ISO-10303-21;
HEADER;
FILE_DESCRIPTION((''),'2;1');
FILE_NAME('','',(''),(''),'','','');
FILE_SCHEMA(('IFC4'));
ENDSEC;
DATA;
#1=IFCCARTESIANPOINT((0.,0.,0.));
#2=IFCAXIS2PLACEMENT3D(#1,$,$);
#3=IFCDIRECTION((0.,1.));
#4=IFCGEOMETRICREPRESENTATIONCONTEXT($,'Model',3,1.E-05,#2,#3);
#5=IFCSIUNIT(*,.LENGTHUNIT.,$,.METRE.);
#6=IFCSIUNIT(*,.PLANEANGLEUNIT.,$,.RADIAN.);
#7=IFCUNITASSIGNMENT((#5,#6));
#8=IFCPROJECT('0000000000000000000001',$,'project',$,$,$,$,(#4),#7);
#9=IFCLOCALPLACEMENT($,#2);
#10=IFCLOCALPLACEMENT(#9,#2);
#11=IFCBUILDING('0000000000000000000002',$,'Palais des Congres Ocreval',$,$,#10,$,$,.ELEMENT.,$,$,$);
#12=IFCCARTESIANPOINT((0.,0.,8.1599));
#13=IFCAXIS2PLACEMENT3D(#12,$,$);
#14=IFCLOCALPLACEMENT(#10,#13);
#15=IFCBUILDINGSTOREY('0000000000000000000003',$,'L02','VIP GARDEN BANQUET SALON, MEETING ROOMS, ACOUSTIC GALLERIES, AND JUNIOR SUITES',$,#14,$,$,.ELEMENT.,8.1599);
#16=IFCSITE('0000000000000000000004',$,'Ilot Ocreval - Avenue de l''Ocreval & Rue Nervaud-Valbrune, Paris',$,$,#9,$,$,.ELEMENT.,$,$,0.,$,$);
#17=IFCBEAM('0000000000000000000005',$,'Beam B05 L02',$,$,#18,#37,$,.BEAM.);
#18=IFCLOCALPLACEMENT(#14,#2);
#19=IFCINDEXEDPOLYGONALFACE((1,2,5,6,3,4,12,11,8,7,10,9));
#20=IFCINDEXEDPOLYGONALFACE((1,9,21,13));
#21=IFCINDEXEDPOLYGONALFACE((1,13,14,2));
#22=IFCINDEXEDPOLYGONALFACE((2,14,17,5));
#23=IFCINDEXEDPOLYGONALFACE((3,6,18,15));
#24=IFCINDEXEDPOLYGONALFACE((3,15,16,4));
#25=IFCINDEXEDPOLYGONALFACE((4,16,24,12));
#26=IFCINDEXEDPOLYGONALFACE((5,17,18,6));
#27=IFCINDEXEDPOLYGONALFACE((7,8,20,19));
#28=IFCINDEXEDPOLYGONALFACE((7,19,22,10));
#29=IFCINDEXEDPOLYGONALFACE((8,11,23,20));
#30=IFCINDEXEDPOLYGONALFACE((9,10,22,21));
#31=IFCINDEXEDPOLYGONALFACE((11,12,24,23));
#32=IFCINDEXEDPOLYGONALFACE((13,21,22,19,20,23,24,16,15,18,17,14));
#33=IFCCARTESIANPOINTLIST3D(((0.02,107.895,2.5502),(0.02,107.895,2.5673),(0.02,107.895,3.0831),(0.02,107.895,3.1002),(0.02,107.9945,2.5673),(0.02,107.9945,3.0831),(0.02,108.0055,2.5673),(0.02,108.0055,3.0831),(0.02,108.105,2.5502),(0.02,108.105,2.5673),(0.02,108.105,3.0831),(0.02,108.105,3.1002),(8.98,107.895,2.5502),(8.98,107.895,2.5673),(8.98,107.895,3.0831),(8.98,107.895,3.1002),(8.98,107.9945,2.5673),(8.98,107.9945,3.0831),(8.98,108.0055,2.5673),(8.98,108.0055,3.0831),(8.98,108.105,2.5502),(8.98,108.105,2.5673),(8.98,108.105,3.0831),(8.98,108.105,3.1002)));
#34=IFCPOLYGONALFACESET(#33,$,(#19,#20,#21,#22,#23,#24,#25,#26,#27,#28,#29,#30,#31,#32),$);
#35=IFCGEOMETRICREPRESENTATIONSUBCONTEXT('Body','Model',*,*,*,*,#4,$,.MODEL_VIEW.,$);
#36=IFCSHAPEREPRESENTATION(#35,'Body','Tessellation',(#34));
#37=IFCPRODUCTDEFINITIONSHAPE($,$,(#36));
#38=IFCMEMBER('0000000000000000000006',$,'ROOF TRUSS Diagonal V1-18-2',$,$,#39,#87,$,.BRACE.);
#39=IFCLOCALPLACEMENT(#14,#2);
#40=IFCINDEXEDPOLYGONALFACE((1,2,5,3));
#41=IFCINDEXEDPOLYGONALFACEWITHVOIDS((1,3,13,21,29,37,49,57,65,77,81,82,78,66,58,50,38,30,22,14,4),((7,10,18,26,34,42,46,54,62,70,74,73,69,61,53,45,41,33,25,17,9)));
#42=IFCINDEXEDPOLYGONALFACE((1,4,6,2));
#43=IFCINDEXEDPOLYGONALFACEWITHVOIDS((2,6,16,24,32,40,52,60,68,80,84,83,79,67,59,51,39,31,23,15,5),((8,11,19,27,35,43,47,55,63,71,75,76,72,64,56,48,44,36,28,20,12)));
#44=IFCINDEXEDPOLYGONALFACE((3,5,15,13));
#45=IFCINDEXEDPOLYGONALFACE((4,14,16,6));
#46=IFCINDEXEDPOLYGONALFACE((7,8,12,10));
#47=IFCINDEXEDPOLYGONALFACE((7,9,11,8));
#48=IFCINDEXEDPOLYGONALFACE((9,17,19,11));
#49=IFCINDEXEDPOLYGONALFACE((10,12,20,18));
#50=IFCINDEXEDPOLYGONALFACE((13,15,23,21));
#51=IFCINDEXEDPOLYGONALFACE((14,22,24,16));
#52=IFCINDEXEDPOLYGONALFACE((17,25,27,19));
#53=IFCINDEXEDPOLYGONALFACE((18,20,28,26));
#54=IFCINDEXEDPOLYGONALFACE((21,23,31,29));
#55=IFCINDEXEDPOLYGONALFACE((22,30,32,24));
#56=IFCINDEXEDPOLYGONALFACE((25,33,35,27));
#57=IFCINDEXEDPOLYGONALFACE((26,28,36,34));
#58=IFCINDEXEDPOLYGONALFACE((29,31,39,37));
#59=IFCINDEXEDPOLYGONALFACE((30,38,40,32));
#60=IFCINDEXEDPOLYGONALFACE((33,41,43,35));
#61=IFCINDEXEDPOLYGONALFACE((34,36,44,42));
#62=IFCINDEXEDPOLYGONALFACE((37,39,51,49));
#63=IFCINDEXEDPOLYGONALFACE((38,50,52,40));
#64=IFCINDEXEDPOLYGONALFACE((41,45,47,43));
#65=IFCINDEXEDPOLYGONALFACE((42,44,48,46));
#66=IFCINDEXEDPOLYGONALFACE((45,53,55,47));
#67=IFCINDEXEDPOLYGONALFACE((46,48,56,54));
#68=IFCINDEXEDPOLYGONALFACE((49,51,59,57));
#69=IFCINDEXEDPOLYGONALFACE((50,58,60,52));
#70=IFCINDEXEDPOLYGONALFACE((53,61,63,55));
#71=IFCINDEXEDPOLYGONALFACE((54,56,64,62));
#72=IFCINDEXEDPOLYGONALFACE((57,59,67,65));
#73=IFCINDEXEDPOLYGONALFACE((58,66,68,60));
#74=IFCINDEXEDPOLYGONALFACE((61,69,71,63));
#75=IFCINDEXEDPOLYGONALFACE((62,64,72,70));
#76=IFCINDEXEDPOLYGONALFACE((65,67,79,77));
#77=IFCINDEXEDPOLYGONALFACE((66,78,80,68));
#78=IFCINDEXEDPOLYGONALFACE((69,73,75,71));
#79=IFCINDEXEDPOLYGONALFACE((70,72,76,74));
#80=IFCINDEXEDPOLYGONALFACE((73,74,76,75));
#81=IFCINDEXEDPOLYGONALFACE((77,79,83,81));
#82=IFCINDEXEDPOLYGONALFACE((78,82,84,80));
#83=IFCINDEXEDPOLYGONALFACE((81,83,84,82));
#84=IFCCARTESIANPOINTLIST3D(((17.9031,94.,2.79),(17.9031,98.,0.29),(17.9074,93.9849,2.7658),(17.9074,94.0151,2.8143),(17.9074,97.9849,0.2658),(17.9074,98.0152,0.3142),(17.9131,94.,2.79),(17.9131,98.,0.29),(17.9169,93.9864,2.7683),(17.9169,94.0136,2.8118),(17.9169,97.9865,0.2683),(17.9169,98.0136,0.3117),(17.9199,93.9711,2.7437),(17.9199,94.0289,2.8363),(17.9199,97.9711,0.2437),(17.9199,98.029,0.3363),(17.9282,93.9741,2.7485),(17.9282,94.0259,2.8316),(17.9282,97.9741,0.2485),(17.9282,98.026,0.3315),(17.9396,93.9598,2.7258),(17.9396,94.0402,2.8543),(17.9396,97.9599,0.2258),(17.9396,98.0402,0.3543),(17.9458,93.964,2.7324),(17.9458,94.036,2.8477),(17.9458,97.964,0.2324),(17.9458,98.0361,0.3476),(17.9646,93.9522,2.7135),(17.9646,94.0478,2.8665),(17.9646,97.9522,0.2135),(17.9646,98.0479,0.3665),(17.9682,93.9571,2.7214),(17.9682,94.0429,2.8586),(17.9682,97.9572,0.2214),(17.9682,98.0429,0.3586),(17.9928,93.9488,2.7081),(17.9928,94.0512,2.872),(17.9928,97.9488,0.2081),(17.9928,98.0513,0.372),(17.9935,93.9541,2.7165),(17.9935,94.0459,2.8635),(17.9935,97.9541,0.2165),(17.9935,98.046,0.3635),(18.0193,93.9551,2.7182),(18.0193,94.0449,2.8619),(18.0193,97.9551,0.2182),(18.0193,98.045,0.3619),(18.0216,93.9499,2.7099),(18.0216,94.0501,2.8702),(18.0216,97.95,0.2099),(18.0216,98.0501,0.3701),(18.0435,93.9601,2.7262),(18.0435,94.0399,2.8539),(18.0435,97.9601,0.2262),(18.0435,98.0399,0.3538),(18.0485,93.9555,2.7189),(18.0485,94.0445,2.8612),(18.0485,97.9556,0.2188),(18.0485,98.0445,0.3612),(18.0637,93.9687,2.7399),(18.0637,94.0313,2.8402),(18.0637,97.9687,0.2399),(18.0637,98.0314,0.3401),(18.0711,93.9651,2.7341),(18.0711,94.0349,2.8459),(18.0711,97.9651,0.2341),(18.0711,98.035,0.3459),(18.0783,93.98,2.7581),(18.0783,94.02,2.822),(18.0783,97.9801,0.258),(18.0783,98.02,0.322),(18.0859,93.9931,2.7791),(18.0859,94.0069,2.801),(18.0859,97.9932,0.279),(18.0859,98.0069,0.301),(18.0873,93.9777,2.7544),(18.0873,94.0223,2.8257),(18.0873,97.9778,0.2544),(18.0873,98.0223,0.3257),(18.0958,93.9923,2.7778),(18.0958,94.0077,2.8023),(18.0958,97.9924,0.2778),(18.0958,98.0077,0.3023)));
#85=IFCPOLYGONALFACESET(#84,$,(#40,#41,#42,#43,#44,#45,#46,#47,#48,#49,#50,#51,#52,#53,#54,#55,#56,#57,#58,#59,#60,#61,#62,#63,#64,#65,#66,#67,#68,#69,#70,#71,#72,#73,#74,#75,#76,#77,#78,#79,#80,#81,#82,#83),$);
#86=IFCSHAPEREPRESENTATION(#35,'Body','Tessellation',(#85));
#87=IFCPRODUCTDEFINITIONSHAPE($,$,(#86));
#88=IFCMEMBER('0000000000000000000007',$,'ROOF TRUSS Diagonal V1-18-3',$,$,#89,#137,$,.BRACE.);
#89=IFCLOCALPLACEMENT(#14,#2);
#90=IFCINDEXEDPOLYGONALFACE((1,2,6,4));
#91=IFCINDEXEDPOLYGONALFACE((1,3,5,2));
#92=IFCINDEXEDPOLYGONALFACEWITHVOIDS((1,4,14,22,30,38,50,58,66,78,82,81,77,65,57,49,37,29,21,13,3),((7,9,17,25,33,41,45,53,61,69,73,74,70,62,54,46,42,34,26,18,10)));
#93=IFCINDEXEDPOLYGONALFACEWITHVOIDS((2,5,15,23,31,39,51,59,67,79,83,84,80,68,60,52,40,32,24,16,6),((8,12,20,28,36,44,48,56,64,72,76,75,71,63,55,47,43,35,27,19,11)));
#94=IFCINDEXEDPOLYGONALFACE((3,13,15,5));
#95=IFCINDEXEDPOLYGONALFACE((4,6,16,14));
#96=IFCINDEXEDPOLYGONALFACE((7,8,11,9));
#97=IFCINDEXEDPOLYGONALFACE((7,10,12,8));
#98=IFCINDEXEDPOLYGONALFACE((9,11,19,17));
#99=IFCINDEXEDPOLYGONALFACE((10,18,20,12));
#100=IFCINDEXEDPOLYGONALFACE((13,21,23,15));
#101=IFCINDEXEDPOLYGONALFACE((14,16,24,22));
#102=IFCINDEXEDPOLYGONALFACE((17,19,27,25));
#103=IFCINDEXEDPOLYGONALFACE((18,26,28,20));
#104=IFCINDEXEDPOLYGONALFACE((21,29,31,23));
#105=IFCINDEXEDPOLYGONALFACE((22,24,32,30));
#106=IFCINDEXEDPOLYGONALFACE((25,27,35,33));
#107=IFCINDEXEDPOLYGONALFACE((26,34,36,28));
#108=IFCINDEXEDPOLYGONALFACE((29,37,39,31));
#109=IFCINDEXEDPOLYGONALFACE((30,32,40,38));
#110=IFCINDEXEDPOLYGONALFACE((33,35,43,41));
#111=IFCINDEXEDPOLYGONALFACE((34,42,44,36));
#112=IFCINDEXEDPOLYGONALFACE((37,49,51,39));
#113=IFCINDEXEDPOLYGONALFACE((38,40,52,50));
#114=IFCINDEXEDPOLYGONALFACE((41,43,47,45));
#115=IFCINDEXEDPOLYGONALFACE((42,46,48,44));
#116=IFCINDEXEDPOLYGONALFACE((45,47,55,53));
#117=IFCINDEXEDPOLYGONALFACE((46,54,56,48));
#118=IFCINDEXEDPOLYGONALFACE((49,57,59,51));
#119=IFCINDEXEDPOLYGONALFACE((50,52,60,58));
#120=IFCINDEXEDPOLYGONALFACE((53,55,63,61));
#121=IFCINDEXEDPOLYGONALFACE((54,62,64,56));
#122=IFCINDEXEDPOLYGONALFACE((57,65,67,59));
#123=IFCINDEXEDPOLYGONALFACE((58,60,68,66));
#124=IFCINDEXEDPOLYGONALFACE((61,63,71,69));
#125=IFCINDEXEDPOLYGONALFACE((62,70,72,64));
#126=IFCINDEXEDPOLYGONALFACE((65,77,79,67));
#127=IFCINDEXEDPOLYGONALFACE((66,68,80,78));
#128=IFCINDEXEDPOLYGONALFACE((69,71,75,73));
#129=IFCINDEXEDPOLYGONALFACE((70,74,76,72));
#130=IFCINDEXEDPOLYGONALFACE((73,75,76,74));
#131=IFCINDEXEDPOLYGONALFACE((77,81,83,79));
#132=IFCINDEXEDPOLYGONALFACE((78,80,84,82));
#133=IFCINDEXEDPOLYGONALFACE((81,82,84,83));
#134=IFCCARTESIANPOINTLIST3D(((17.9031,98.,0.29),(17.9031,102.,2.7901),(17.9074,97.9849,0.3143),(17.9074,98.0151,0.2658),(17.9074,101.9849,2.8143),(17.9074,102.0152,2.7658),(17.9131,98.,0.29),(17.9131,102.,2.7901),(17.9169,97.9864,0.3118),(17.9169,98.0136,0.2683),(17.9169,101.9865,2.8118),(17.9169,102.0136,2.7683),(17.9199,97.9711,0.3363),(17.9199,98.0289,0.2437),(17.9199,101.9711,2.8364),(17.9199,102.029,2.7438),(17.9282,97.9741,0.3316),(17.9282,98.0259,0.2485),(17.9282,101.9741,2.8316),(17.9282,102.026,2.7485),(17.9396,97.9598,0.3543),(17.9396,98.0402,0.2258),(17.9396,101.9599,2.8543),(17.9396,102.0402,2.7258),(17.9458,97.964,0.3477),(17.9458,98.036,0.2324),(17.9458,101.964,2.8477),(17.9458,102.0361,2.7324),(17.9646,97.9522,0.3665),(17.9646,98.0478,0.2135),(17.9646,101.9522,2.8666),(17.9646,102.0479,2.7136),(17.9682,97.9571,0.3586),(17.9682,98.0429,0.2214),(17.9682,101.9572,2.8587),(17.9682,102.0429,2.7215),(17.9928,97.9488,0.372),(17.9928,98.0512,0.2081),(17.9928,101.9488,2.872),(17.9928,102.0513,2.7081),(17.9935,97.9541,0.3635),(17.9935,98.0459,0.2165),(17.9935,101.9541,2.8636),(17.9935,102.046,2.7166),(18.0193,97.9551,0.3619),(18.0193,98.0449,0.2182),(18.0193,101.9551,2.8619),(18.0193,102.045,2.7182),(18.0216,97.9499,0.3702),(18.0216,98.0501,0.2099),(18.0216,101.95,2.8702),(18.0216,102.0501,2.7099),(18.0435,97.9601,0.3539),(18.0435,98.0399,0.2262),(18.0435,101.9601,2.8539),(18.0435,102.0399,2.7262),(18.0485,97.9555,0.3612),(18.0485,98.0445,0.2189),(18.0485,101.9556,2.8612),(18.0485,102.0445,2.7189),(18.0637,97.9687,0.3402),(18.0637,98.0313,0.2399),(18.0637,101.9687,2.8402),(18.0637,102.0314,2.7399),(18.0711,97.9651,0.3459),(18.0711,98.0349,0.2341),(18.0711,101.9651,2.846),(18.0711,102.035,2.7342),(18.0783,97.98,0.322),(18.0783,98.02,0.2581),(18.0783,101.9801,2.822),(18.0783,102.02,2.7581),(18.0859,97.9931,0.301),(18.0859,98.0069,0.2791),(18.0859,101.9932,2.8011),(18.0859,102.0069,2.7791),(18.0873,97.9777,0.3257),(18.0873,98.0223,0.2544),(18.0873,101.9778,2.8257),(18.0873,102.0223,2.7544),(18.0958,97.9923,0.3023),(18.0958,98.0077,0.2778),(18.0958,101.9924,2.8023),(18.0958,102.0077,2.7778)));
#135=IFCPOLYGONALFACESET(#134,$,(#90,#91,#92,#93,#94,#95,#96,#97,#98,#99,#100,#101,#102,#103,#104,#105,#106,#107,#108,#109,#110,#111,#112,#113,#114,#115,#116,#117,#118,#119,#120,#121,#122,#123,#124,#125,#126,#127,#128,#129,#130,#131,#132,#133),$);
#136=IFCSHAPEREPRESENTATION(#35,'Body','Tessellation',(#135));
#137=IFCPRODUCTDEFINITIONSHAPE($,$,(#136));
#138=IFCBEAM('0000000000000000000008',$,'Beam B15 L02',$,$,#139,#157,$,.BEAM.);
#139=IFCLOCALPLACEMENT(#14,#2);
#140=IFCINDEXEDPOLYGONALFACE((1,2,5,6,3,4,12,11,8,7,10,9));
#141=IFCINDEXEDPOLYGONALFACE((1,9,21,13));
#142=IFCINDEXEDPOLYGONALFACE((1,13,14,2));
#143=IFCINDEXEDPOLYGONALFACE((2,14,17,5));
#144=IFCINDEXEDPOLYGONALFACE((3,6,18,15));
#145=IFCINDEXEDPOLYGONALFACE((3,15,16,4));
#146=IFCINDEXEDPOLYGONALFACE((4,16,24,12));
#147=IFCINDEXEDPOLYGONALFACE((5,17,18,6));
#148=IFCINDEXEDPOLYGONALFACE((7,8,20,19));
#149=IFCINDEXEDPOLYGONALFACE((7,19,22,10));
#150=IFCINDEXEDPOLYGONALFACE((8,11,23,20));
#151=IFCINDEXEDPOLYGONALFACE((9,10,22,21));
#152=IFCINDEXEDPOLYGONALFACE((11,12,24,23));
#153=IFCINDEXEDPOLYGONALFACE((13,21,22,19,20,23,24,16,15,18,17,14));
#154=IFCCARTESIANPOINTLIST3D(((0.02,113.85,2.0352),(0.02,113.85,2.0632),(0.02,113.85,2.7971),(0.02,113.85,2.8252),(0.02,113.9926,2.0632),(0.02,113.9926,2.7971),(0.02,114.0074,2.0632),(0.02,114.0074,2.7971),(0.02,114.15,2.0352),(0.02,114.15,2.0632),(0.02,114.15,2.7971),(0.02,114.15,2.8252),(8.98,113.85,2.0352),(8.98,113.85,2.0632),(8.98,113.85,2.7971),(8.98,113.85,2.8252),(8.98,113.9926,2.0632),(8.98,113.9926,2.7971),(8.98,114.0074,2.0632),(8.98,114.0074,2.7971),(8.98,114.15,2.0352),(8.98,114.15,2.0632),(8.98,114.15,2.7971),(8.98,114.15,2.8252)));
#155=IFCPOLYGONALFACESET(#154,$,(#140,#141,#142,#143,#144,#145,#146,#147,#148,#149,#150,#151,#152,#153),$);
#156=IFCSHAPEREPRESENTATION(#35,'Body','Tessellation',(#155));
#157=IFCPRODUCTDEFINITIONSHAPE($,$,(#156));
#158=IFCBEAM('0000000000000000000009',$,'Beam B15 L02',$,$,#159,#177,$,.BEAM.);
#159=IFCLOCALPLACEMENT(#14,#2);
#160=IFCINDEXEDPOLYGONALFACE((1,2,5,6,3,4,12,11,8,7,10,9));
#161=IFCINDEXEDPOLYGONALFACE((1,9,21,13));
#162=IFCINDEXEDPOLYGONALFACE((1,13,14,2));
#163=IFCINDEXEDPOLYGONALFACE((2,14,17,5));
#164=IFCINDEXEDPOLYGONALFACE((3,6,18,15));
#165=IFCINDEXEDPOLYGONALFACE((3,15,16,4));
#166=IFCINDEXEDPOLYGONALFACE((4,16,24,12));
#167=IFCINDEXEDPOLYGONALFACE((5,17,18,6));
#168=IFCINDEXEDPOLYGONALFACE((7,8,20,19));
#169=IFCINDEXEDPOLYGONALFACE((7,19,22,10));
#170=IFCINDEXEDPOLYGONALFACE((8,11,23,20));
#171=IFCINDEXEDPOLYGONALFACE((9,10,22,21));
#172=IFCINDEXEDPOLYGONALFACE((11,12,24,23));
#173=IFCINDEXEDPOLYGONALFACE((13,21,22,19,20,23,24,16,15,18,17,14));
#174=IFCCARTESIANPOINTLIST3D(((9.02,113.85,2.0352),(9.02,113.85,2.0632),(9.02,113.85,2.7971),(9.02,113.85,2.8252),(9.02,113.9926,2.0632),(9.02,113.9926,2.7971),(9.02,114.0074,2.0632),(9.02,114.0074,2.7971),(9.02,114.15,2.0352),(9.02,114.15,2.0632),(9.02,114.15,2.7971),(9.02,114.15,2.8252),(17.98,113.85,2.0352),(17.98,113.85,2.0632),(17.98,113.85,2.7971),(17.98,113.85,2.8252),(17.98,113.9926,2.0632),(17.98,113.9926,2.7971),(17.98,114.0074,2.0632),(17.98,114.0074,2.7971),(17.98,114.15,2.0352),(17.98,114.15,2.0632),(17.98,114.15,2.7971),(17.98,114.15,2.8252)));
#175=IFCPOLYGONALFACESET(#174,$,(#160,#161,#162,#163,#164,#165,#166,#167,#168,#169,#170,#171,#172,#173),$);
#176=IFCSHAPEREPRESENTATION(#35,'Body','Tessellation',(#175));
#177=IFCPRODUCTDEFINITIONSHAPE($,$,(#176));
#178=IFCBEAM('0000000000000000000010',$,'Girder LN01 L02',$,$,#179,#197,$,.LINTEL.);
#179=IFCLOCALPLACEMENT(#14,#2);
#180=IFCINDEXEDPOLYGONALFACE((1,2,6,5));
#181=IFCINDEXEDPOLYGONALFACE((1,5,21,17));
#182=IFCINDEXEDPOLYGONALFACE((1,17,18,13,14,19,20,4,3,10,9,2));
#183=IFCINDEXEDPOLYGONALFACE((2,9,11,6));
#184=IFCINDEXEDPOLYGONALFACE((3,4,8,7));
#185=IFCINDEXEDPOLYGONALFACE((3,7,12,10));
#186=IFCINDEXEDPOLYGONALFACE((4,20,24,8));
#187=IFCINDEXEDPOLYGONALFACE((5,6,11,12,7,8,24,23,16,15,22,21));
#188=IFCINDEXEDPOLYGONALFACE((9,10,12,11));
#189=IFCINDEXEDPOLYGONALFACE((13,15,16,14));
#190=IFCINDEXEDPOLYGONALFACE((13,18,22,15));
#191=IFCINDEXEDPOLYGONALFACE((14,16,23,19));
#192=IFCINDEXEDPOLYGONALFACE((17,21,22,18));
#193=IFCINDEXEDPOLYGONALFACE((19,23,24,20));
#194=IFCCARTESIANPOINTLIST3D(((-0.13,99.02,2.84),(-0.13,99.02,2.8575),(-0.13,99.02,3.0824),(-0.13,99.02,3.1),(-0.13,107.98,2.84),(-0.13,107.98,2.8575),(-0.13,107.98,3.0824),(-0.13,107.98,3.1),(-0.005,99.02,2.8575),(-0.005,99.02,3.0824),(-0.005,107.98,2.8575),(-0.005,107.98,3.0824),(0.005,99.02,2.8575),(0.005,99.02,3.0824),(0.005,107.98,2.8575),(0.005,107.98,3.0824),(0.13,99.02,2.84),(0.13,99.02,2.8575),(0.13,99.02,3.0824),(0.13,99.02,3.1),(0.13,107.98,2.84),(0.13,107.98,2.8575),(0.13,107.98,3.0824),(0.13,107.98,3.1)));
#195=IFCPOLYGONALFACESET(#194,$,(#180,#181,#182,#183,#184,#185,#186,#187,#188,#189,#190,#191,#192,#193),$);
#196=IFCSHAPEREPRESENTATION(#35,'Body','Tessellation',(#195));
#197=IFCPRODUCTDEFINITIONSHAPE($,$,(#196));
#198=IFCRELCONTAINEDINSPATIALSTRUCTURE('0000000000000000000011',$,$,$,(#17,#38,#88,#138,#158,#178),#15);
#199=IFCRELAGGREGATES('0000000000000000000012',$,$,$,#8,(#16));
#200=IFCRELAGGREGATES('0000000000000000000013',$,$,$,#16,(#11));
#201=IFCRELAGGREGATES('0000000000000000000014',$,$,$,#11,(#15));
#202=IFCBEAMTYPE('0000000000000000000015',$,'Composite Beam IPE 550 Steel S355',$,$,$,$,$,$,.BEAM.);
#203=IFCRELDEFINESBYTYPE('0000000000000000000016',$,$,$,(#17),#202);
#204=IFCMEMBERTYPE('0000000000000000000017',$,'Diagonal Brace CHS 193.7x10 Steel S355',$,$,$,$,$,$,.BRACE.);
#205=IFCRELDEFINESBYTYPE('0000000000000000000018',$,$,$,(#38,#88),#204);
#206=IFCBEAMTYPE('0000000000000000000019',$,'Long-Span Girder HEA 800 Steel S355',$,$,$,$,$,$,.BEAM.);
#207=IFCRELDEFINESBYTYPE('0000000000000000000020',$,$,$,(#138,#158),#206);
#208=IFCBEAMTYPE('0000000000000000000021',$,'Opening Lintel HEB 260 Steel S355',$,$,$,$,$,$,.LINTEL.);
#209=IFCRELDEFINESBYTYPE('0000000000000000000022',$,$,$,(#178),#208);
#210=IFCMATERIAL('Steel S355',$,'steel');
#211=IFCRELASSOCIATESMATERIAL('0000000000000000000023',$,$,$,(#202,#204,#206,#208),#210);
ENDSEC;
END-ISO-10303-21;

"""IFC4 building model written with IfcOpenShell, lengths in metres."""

from ifc_helpers import new_model, si_unit, direction, frame, origin, origin_2d, place, context, subcontext, project, spatial, hollow_circle, i_section, extrude, material, material_profile, profile_set, type_object, element, save


model = new_model("IFC4")

# Units and contexts
model_context = context("Model", 3, precision=1e-05, world=origin(), true_north=direction((0.0, 1.0)))
body_context = subcontext(model_context, "Body", "Model", "MODEL_VIEW")
ifc_project = project(units=[si_unit("LENGTHUNIT", "METRE"), si_unit("PLANEANGLEUNIT", "RADIAN")], contexts=[model_context])

# Site, building, storey
site_placement = place(None, origin())
site = spatial("IfcSite", under=ifc_project, at=site_placement, Name="Ilot Ocreval - Avenue de l'Ocreval & Rue Nervaud-Valbrune, Paris", CompositionType="ELEMENT", RefElevation=0.0)
building_placement = place(site_placement, origin())
building = spatial("IfcBuilding", under=site, at=building_placement, Name="Palais des Congres Ocreval", CompositionType="ELEMENT")
storey_placement = place(building_placement, frame((0.0, 0.0, 8.1599)))
storey = spatial("IfcBuildingStorey", under=building, at=storey_placement, Name="L02", Description="VIP GARDEN BANQUET SALON, MEETING ROOMS, ACOUSTIC GALLERIES, AND JUNIOR SUITES", CompositionType="ELEMENT", Elevation=8.1599)

# Shared definitions
ifc_material_1 = material(Name="Steel S355", Category="steel")

# Beam
ifc_material_profile_1 = material_profile(ifc_material_1, i_section(OverallWidth=0.21, OverallDepth=0.55, WebThickness=0.011, FlangeThickness=0.0171, at=origin_2d()), Name="IPE 550")
ifc_profile_set_1 = profile_set([ifc_material_profile_1], Name="Steel S355")
beam_type_1 = type_object("IfcBeamType", Name="Composite Beam IPE 550 Steel S355", PredefinedType="BEAM", material=ifc_profile_set_1)
beam_1_placement = place(storey_placement, frame((0.02, 108.0, 2.8252), z_axis=(1.0, 0.0, 0.0), x_axis=(0.0, 1.0, 0.0)))
element("IfcBeam", 1, at=beam_1_placement, inside=storey, type_object=beam_type_1, Name="Beam B05 L02", PredefinedType="BEAM", context=body_context, shape_type="SweptSolid", body=[
    extrude(i_section(OverallWidth=0.21, OverallDepth=0.55, WebThickness=0.011, FlangeThickness=0.0171, at=origin_2d()), origin(), (0.0, 0.0, 1.0), 8.96),
])

# Members
ifc_material_profile_2 = material_profile(ifc_material_1, hollow_circle(Radius=0.0969, WallThickness=0.01, at=origin_2d()), Name="CHS 193.7x10")
ifc_profile_set_2 = profile_set([ifc_material_profile_2], Name="Steel S355")
member_type_1 = type_object("IfcMemberType", Name="Diagonal Brace CHS 193.7x10 Steel S355", PredefinedType="BRACE", material=ifc_profile_set_2)
for number, where, z_axis, x_axis, name in (
    (2, (18.0, 94.0, 2.79), (0.0, 0.847998, -0.529999), (-1.0, 0.0, 0.0), "ROOF TRUSS Diagonal V1-18-2"),
    (3, (18.0, 98.0, 0.29), (0.0, 0.847998, 0.529999), (-1.0, 0.0, 0.0), "ROOF TRUSS Diagonal V1-18-3"),
):
    element("IfcMember", number, at=place(storey_placement, frame(where, z_axis=z_axis, x_axis=x_axis)), inside=storey, type_object=member_type_1, Name=name, PredefinedType="BRACE", context=body_context, shape_type="SweptSolid", body=[
        extrude(hollow_circle(Radius=0.0969, WallThickness=0.01, at=origin_2d()), origin(), (0.0, 0.0, 1.0), 4.717),
    ])

# Beams
ifc_material_profile_3 = material_profile(ifc_material_1, i_section(OverallWidth=0.3, OverallDepth=0.79, WebThickness=0.0149, FlangeThickness=0.0281, at=origin_2d()), Name="HEA 800")
ifc_profile_set_3 = profile_set([ifc_material_profile_3], Name="Steel S355")
beam_type_2 = type_object("IfcBeamType", Name="Long-Span Girder HEA 800 Steel S355", PredefinedType="BEAM", material=ifc_profile_set_3)
for number, where, z_axis, x_axis, name in (
    (4, (0.02, 114.0, 2.4302), (1.0, 0.0, 0.0), (0.0, 1.0, 0.0), "Beam B15 L02"),
    (5, (9.02, 114.0, 2.4302), (1.0, 0.0, 0.0), (0.0, 1.0, 0.0), "Beam B15 L02"),
):
    element("IfcBeam", number, at=place(storey_placement, frame(where, z_axis=z_axis, x_axis=x_axis)), inside=storey, type_object=beam_type_2, Name=name, PredefinedType="BEAM", context=body_context, shape_type="SweptSolid", body=[
        extrude(i_section(OverallWidth=0.3, OverallDepth=0.79, WebThickness=0.0149, FlangeThickness=0.0281, at=origin_2d()), origin(), (0.0, 0.0, 1.0), 8.96),
    ])
ifc_material_profile_4 = material_profile(ifc_material_1, i_section(OverallWidth=0.26, OverallDepth=0.26, WebThickness=0.01, FlangeThickness=0.0176, at=origin_2d()), Name="HEB 260")
ifc_profile_set_4 = profile_set([ifc_material_profile_4], Name="Steel S355")
beam_type_3 = type_object("IfcBeamType", Name="Opening Lintel HEB 260 Steel S355", PredefinedType="LINTEL", material=ifc_profile_set_4)
beam_2_placement = place(storey_placement, frame((0.0, 99.02, 2.97), z_axis=(0.0, 1.0, 0.0), x_axis=(-1.0, 0.0, 0.0)))
element("IfcBeam", 6, at=beam_2_placement, inside=storey, type_object=beam_type_3, Name="Girder LN01 L02", PredefinedType="LINTEL", context=body_context, shape_type="SweptSolid", body=[
    extrude(i_section(OverallWidth=0.26, OverallDepth=0.26, WebThickness=0.01, FlangeThickness=0.0176, at=origin_2d()), origin(), (0.0, 0.0, 1.0), 8.96),
])

save(model, "model.ifc")
